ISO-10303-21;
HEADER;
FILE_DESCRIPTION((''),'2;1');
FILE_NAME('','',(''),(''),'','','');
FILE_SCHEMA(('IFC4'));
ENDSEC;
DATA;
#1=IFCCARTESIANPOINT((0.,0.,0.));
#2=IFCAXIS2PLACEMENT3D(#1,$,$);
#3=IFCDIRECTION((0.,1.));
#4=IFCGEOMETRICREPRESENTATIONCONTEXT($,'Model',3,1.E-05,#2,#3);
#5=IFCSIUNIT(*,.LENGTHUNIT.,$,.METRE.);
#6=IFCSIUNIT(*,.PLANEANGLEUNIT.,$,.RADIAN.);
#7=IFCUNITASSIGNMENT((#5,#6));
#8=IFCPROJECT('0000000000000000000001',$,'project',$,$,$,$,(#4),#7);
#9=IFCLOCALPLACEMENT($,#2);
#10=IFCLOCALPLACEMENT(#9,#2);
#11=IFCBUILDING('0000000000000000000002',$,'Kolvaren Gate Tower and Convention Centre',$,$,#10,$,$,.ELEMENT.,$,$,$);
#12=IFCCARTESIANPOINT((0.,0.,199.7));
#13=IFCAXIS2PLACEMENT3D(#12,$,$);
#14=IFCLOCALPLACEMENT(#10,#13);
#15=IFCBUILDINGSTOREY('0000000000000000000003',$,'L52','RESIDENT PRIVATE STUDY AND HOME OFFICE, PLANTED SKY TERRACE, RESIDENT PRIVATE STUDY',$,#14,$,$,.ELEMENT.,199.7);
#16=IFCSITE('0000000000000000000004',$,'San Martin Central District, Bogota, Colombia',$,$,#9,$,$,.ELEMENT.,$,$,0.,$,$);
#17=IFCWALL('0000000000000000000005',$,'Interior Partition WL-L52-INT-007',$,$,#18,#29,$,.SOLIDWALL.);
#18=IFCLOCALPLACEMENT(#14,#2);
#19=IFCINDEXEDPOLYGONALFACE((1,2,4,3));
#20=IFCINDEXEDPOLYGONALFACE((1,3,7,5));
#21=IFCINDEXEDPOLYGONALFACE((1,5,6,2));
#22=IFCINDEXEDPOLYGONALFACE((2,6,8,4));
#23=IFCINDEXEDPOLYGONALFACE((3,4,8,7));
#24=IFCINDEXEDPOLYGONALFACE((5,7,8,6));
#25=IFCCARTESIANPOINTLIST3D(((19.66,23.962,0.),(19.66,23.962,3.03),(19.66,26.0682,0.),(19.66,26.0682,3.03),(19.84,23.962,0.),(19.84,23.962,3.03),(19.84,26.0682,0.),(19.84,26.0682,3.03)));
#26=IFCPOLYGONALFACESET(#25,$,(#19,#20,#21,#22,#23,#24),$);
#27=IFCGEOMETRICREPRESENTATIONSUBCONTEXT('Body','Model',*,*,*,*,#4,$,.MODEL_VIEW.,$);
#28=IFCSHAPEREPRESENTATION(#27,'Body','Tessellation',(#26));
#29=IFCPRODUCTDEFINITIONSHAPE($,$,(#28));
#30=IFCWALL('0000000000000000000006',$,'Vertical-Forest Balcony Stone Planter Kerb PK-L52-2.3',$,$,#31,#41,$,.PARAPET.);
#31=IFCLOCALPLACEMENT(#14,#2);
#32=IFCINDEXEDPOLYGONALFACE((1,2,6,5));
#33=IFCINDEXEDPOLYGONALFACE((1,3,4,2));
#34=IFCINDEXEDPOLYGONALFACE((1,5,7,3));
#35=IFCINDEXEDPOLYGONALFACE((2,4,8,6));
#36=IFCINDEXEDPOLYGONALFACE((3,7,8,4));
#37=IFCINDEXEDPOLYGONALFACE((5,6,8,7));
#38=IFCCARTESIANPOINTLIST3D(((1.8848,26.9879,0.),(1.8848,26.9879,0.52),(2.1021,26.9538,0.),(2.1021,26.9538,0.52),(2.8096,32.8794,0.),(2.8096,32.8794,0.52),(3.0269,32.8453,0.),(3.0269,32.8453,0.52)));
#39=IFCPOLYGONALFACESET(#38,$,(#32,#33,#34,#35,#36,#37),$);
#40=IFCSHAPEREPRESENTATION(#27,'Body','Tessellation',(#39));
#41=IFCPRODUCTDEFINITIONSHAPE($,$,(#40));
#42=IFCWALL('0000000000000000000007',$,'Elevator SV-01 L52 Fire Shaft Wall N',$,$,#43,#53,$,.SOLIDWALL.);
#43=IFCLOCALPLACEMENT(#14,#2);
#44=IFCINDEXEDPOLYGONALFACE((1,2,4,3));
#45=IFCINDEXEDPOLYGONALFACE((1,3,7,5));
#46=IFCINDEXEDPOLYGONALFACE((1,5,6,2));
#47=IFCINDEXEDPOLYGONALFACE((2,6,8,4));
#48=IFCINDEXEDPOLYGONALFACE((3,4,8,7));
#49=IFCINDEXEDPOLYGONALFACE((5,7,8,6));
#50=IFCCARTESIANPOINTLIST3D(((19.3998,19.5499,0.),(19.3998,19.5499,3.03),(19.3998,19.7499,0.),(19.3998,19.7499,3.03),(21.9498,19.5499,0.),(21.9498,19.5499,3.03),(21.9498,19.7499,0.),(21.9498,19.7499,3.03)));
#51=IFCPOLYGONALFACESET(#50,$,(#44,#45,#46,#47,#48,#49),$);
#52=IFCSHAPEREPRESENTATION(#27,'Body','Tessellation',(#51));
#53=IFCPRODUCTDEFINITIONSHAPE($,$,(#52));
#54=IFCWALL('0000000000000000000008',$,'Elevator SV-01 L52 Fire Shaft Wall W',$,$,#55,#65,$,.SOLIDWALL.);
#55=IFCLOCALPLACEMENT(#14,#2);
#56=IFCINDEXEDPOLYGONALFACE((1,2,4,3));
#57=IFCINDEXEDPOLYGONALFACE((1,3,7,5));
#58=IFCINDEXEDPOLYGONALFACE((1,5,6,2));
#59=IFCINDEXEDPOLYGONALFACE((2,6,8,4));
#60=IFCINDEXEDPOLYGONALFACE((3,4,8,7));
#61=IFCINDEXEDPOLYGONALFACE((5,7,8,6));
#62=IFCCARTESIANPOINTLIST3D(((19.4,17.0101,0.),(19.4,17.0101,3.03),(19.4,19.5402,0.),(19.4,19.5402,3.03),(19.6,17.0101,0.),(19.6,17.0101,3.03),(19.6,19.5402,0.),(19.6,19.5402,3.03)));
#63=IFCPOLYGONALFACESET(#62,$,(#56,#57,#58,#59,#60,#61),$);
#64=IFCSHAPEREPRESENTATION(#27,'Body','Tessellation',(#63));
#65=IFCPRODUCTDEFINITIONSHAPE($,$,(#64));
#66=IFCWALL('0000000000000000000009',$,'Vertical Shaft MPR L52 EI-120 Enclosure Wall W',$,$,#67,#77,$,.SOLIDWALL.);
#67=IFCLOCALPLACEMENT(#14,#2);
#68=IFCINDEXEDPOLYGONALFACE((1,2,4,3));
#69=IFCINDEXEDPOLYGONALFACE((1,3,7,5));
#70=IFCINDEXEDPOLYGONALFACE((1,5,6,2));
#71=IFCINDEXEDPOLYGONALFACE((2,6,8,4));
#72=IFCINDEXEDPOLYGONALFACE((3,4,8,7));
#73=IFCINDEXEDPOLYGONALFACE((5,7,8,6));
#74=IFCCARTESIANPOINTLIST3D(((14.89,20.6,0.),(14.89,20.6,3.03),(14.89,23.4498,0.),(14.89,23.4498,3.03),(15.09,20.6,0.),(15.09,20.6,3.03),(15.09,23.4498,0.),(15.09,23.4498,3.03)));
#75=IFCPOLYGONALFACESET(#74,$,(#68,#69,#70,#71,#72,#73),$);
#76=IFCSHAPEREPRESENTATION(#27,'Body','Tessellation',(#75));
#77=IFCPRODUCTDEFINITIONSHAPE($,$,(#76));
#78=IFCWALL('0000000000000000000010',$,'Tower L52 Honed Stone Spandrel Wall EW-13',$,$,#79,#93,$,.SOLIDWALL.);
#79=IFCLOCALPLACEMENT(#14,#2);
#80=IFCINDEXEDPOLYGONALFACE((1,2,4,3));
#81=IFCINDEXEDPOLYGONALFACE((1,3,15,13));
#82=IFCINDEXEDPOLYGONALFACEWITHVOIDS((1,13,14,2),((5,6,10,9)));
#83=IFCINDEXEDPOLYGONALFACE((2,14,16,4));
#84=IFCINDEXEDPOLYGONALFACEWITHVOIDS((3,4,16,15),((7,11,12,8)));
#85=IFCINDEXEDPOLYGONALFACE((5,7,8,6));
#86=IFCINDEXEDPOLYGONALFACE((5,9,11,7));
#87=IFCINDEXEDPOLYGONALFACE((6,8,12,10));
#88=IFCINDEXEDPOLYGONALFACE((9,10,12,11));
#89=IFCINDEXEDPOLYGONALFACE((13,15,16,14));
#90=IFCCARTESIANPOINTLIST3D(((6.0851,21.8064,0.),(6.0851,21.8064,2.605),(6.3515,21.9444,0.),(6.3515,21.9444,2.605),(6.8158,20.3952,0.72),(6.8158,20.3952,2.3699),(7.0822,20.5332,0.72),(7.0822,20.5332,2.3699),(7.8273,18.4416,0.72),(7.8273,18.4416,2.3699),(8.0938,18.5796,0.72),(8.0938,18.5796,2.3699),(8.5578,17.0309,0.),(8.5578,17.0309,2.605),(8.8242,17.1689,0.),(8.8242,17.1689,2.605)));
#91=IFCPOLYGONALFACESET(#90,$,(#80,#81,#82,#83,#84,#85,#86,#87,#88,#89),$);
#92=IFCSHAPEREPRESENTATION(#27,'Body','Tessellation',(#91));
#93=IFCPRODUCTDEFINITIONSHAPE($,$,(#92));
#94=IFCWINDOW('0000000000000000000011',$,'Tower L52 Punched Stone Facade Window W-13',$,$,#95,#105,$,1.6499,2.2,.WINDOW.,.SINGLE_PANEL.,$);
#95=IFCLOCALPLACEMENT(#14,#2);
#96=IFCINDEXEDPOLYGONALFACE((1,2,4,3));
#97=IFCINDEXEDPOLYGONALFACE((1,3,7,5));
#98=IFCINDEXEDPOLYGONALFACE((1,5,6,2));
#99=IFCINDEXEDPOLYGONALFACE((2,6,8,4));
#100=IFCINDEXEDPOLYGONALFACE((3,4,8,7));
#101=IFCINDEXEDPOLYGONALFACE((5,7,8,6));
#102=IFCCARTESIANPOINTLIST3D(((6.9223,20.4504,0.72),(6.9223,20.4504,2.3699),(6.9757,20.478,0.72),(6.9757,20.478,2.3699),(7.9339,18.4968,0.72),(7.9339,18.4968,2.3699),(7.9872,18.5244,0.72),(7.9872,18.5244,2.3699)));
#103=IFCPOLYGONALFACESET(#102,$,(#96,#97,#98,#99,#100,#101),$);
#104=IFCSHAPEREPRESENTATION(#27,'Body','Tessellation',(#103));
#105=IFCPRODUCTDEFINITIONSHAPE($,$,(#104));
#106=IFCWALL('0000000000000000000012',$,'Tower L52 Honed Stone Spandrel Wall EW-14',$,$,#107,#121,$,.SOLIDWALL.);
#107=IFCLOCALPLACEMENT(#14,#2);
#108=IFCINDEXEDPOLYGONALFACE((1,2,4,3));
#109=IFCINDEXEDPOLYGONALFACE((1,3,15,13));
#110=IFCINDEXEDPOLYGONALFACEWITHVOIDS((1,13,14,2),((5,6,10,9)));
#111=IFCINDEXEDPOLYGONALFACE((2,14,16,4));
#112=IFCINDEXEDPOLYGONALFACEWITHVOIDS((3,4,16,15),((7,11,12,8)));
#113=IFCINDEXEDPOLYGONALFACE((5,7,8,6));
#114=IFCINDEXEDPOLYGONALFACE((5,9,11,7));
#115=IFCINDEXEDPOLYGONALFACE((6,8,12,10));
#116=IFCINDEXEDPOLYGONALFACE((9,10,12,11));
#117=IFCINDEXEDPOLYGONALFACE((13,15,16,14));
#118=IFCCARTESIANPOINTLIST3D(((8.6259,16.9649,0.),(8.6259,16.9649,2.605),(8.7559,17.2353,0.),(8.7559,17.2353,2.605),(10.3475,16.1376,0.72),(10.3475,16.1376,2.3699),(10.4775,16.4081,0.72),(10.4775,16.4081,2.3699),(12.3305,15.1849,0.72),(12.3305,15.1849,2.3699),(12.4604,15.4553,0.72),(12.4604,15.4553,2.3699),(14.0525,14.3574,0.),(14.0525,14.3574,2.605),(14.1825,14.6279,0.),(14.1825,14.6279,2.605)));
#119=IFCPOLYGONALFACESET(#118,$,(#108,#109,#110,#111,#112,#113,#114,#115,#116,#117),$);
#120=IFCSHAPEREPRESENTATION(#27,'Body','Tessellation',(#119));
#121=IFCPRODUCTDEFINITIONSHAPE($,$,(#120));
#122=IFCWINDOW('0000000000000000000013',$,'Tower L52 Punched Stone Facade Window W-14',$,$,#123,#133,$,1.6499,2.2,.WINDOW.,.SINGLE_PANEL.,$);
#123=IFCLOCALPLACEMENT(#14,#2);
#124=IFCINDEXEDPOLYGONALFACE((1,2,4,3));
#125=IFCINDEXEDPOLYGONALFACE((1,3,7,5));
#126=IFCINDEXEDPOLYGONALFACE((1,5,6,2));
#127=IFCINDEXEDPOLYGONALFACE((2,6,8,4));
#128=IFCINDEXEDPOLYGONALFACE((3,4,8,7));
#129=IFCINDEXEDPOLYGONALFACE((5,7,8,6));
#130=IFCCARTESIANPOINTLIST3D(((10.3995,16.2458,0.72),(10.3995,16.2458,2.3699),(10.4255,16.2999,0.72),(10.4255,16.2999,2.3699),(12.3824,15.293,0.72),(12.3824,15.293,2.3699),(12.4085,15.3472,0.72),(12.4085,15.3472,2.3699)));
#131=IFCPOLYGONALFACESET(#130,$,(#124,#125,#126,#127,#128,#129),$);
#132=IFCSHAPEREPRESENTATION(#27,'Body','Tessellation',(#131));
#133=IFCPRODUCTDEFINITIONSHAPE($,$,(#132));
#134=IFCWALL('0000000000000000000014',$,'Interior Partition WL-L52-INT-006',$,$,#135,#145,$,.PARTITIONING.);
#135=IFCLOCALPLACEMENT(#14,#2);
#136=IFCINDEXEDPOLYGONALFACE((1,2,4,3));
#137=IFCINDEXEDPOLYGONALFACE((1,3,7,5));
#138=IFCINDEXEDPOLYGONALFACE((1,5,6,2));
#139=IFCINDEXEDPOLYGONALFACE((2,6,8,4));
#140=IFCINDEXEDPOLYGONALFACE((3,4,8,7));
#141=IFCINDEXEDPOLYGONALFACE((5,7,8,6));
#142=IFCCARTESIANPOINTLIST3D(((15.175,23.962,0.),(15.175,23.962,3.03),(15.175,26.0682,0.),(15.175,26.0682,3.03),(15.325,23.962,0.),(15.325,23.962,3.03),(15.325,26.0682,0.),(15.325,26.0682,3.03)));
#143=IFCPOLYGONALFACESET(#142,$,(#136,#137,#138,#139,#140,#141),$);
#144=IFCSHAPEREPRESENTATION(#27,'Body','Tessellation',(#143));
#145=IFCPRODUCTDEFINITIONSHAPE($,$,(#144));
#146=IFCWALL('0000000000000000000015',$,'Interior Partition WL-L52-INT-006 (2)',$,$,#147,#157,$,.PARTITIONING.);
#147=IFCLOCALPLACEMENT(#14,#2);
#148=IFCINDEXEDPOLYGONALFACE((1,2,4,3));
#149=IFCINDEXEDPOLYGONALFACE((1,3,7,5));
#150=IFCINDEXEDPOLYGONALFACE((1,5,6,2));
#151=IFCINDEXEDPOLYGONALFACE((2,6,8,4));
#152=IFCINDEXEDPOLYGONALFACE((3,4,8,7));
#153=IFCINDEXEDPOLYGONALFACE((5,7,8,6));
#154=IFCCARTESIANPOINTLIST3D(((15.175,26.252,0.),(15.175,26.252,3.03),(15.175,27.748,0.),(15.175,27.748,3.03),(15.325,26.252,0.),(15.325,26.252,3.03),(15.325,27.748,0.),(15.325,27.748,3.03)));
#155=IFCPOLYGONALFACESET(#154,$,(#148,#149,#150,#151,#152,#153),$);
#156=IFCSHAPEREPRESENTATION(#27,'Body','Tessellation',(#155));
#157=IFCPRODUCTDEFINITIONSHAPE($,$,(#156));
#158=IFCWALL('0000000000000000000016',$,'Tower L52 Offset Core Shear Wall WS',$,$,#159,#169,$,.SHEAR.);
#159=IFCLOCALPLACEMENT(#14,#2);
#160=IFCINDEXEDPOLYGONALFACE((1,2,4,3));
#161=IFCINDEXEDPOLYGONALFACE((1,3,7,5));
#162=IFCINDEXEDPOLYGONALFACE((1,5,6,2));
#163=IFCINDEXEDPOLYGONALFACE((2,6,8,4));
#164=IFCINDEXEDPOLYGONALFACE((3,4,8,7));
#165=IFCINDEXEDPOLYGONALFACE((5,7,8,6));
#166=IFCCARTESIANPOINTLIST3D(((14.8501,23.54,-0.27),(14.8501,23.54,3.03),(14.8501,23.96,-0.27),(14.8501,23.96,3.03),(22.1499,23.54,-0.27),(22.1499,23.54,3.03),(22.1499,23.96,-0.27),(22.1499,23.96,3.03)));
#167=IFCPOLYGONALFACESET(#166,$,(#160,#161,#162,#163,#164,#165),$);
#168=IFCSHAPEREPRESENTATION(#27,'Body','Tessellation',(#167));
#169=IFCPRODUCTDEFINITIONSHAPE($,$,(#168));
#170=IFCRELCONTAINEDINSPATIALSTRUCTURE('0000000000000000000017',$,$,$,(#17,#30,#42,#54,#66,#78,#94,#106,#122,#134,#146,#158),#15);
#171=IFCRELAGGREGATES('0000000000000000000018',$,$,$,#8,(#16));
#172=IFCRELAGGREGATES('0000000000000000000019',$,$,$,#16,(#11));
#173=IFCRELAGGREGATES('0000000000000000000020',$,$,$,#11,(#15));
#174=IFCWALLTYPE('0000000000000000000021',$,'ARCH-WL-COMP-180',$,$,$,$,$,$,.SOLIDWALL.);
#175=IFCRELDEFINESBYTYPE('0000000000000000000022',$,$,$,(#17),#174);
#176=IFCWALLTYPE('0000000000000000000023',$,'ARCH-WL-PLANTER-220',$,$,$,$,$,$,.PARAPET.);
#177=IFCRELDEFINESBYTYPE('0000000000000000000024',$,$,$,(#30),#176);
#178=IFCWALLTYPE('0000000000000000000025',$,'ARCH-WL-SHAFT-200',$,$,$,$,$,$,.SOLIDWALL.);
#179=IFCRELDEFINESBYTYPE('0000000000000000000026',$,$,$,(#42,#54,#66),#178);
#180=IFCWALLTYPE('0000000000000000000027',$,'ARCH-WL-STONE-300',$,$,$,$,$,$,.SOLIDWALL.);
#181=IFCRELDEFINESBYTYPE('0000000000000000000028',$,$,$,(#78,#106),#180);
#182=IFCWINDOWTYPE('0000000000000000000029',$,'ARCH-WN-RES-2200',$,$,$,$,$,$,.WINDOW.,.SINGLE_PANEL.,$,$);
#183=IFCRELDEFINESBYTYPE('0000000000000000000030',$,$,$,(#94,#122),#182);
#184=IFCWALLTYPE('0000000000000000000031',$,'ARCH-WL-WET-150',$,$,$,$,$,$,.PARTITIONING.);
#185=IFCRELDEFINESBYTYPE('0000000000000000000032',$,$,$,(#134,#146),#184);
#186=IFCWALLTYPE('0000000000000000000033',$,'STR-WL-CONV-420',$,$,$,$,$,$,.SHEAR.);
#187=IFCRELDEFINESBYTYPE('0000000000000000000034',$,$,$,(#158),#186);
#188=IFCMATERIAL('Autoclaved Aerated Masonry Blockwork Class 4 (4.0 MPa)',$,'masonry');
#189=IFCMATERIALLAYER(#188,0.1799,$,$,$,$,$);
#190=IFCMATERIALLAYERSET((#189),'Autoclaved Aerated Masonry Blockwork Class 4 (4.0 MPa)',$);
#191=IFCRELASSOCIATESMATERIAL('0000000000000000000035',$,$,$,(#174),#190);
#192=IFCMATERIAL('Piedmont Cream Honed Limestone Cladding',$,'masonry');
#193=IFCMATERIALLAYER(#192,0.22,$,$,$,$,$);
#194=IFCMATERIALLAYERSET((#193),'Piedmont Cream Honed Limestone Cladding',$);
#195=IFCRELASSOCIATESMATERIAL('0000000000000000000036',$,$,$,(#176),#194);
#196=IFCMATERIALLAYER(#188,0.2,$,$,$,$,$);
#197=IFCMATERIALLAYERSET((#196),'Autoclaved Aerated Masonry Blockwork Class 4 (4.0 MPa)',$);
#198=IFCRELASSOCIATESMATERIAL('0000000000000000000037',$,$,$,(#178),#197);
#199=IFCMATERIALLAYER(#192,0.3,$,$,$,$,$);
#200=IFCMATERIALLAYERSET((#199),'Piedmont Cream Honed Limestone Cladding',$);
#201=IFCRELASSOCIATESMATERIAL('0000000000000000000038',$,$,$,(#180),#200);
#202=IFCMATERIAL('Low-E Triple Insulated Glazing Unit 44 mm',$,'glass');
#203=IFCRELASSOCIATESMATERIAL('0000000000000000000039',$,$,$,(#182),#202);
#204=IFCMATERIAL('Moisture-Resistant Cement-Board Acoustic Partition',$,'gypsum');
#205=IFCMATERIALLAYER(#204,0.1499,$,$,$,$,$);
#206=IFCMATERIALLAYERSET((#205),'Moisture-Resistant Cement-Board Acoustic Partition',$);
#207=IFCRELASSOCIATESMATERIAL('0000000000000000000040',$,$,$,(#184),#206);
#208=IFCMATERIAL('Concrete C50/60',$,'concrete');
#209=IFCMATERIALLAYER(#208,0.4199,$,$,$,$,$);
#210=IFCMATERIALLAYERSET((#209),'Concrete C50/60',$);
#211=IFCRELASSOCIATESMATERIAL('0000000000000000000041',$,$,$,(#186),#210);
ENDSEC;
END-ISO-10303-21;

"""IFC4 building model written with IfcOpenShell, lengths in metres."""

from ifc_helpers import new_model, si_unit, direction, frame, frame_2d, origin, place, context, subcontext, project, spatial, rectangle, extrude, material, layer, layer_set, type_object, element, fill, save


model = new_model("IFC4")

# Units and contexts
model_context = context("Model", 3, precision=1e-05, world=origin(), true_north=direction((0.0, 1.0)))
body_context = subcontext(model_context, "Body", "Model", "MODEL_VIEW")
ifc_project = project(units=[si_unit("LENGTHUNIT", "METRE"), si_unit("PLANEANGLEUNIT", "RADIAN")], contexts=[model_context])

# Site, building, storey
site_placement = place(None, origin())
site = spatial("IfcSite", under=ifc_project, at=site_placement, Name="San Martin Central District, Bogota, Colombia", CompositionType="ELEMENT", RefElevation=0.0)
building_placement = place(site_placement, origin())
building = spatial("IfcBuilding", under=site, at=building_placement, Name="Kolvaren Gate Tower and Convention Centre", CompositionType="ELEMENT")
storey_placement = place(building_placement, frame((0.0, 0.0, 199.7)))
storey = spatial("IfcBuildingStorey", under=building, at=storey_placement, Name="L52", Description="RESIDENT PRIVATE STUDY AND HOME OFFICE, PLANTED SKY TERRACE, RESIDENT PRIVATE STUDY", CompositionType="ELEMENT", Elevation=199.7)

# Shared definitions
ifc_material_1 = material(Name="Autoclaved Aerated Masonry Blockwork Class 4 (4.0 MPa)", Category="masonry")
ifc_layer_1 = layer(ifc_material_1, 0.1799)
ifc_layer_set_1 = layer_set([ifc_layer_1], Name="Autoclaved Aerated Masonry Blockwork Class 4 (4.0 MPa)")
wall_type_1 = type_object("IfcWallType", Name="ARCH-WL-COMP-180", PredefinedType="SOLIDWALL", material=ifc_layer_set_1)

# Walls
wall_1_placement = place(storey_placement, frame((19.75, 23.9619, 0.0), z_axis=(0.0, 0.0, 1.0), x_axis=(0.0, 1.0, 0.0)))
element("IfcWall", 1, at=wall_1_placement, inside=storey, type_object=wall_type_1, Name="Interior Partition WL-L52-INT-007", PredefinedType="SOLIDWALL", context=body_context, shape_type="SweptSolid", body=[
    extrude(rectangle(XDim=2.1062, YDim=0.1799, at=frame_2d((1.0532, 0.0))), origin(), (0.0, 0.0, 1.0), 3.03),
])
ifc_material_2 = material(Name="Piedmont Cream Honed Limestone Cladding", Category="masonry")
ifc_layer_2 = layer(ifc_material_2, 0.22)
ifc_layer_set_2 = layer_set([ifc_layer_2], Name="Piedmont Cream Honed Limestone Cladding")
wall_type_2 = type_object("IfcWallType", Name="ARCH-WL-PLANTER-220", PredefinedType="PARAPET", material=ifc_layer_set_2)
wall_2_placement = place(storey_placement, frame((1.9934, 26.9707, 0.0), z_axis=(0.0, 0.0, 1.0), x_axis=(0.155071, 0.987903, 0.0)))
element("IfcWall", 2, at=wall_2_placement, inside=storey, type_object=wall_type_2, Name="Vertical-Forest Balcony Stone Planter Kerb PK-L52-2.3", PredefinedType="PARAPET", context=body_context, shape_type="SweptSolid", body=[
    extrude(rectangle(XDim=5.9636, YDim=0.22, at=frame_2d((2.9819, 0.0))), origin(), (0.0, 0.0, 1.0), 0.52),
])
ifc_layer_3 = layer(ifc_material_1, 0.2)
ifc_layer_set_3 = layer_set([ifc_layer_3], Name="Autoclaved Aerated Masonry Blockwork Class 4 (4.0 MPa)")
wall_type_3 = type_object("IfcWallType", Name="ARCH-WL-SHAFT-200", PredefinedType="SOLIDWALL", material=ifc_layer_set_3)
wall_3_placement = place(storey_placement, frame((19.3999, 19.6499, 0.0), z_axis=(0.0, 0.0, 1.0), x_axis=(1.0, 0.0, 0.0)))
element("IfcWall", 3, at=wall_3_placement, inside=storey, type_object=wall_type_3, Name="Elevator SV-01 L52 Fire Shaft Wall N", PredefinedType="SOLIDWALL", context=body_context, shape_type="SweptSolid", body=[
    extrude(rectangle(XDim=2.55, YDim=0.2, at=frame_2d((1.2749, 0.0))), origin(), (0.0, 0.0, 1.0), 3.03),
])
wall_4_placement = place(storey_placement, frame((19.5, 17.01, 0.0), z_axis=(0.0, 0.0, 1.0), x_axis=(0.0, 1.0, 0.0)))
element("IfcWall", 4, at=wall_4_placement, inside=storey, type_object=wall_type_3, Name="Elevator SV-01 L52 Fire Shaft Wall W", PredefinedType="SOLIDWALL", context=body_context, shape_type="SweptSolid", body=[
    extrude(rectangle(XDim=2.53, YDim=0.2, at=frame_2d((1.2651, 0.0))), origin(), (0.0, 0.0, 1.0), 3.03),
])
wall_5_placement = place(storey_placement, frame((14.99, 20.6001, 0.0), z_axis=(0.0, 0.0, 1.0), x_axis=(0.0, 1.0, 0.0)))
element("IfcWall", 5, at=wall_5_placement, inside=storey, type_object=wall_type_3, Name="Vertical Shaft MPR L52 EI-120 Enclosure Wall W", PredefinedType="SOLIDWALL", context=body_context, shape_type="SweptSolid", body=[
    extrude(rectangle(XDim=2.8499, YDim=0.2, at=frame_2d((1.4248, 0.0))), origin(), (0.0, 0.0, 1.0), 3.03),
])

# Walls, openings, windows
ifc_layer_4 = layer(ifc_material_2, 0.3)
ifc_layer_set_4 = layer_set([ifc_layer_4], Name="Piedmont Cream Honed Limestone Cladding")
wall_type_4 = type_object("IfcWallType", Name="ARCH-WL-STONE-300", PredefinedType="SOLIDWALL", material=ifc_layer_set_4)
wall_6_placement = place(storey_placement, frame((6.2183, 21.8755, 0.0), z_axis=(0.0, 0.0, 1.0), x_axis=(0.459808, -0.888018, 0.0)))
wall_6 = element("IfcWall", 6, at=wall_6_placement, inside=storey, type_object=wall_type_4, Name="Tower L52 Honed Stone Spandrel Wall EW-13", PredefinedType="SOLIDWALL", context=body_context, shape_type="SweptSolid", body=[
    extrude(rectangle(XDim=5.3777, YDim=0.3, at=frame_2d((2.689, 0.0))), origin(), (0.0, 0.0, 1.0), 2.605),
])
opening_1_placement = place(wall_6_placement, frame((1.5891, 0.0, 0.72)))
opening_1 = element("IfcOpeningElement", 7, at=opening_1_placement, cuts=wall_6, PredefinedType="OPENING", context=body_context, shape_type="SweptSolid", body=[
    extrude(rectangle(XDim=2.2, YDim=1.6499, at=frame_2d((1.1001, 0.825))), frame((0.0, 0.1599, 0.0), z_axis=(0.0, -1.0, 0.0), x_axis=(1.0, 0.0, 0.0)), (0.0, 0.0, 1.0), 0.3201),
])
ifc_material_3 = material(Name="Low-E Triple Insulated Glazing Unit 44 mm", Category="glass")
window_type = type_object("IfcWindowType", Name="ARCH-WN-RES-2200", PartitioningType="SINGLE_PANEL", PredefinedType="WINDOW", material=ifc_material_3)
window_1_placement = place(opening_1_placement, origin())
window_1 = element("IfcWindow", 8, at=window_1_placement, inside=storey, type_object=window_type, Name="Tower L52 Punched Stone Facade Window W-13", OverallHeight=1.6499, OverallWidth=2.2, PartitioningType="SINGLE_PANEL", PredefinedType="WINDOW", context=body_context, shape_type="SweptSolid", body=[
    extrude(rectangle(XDim=2.2, YDim=1.6499, at=frame_2d((1.1001, 0.825))), frame((0.0, 0.03, 0.0), z_axis=(0.0, -1.0, 0.0), x_axis=(1.0, 0.0, 0.0)), (0.0, 0.0, 1.0), 0.0601),
])
fill(opening_1, window_1)
wall_7_placement = place(storey_placement, frame((8.6909, 17.1001, 0.0), z_axis=(0.0, 0.0, 1.0), x_axis=(0.901348, -0.433095, 0.0)))
wall_7 = element("IfcWall", 9, at=wall_7_placement, inside=storey, type_object=wall_type_4, Name="Tower L52 Honed Stone Spandrel Wall EW-14", PredefinedType="SOLIDWALL", context=body_context, shape_type="SweptSolid", body=[
    extrude(rectangle(XDim=6.0205, YDim=0.3, at=frame_2d((3.0103, 0.0))), origin(), (0.0, 0.0, 1.0), 2.605),
])
opening_2_placement = place(wall_7_placement, frame((1.9099, 0.0, 0.72)))
opening_2 = element("IfcOpeningElement", 10, at=opening_2_placement, cuts=wall_7, PredefinedType="OPENING", context=body_context, shape_type="SweptSolid", body=[
    extrude(rectangle(XDim=2.2, YDim=1.6499, at=frame_2d((1.1001, 0.825))), frame((0.0, 0.1599, 0.0), z_axis=(0.0, -1.0, 0.0), x_axis=(1.0, 0.0, 0.0)), (0.0, 0.0, 1.0), 0.3201),
])
window_2_placement = place(opening_2_placement, origin())
window_2 = element("IfcWindow", 11, at=window_2_placement, inside=storey, type_object=window_type, Name="Tower L52 Punched Stone Facade Window W-14", OverallHeight=1.6499, OverallWidth=2.2, PartitioningType="SINGLE_PANEL", PredefinedType="WINDOW", context=body_context, shape_type="SweptSolid", body=[
    extrude(rectangle(XDim=2.2, YDim=1.6499, at=frame_2d((1.1001, 0.825))), frame((0.0, 0.03, 0.0), z_axis=(0.0, -1.0, 0.0), x_axis=(1.0, 0.0, 0.0)), (0.0, 0.0, 1.0), 0.0601),
])
fill(opening_2, window_2)

# Walls
ifc_material_4 = material(Name="Moisture-Resistant Cement-Board Acoustic Partition", Category="gypsum")
ifc_layer_5 = layer(ifc_material_4, 0.1499)
ifc_layer_set_5 = layer_set([ifc_layer_5], Name="Moisture-Resistant Cement-Board Acoustic Partition")
wall_type_5 = type_object("IfcWallType", Name="ARCH-WL-WET-150", PredefinedType="PARTITIONING", material=ifc_layer_set_5)
wall_8_placement = place(storey_placement, frame((15.25, 23.9619, 0.0), z_axis=(0.0, 0.0, 1.0), x_axis=(0.0, 1.0, 0.0)))
element("IfcWall", 12, at=wall_8_placement, inside=storey, type_object=wall_type_5, Name="Interior Partition WL-L52-INT-006", PredefinedType="PARTITIONING", context=body_context, shape_type="SweptSolid", body=[
    extrude(rectangle(XDim=2.1062, YDim=0.1499, at=frame_2d((1.0532, 0.0))), origin(), (0.0, 0.0, 1.0), 3.03),
])
wall_9_placement = place(storey_placement, frame((15.25, 26.252, 0.0), z_axis=(0.0, 0.0, 1.0), x_axis=(0.0, 1.0, 0.0)))
element("IfcWall", 13, at=wall_9_placement, inside=storey, type_object=wall_type_5, Name="Interior Partition WL-L52-INT-006 (2)", PredefinedType="PARTITIONING", context=body_context, shape_type="SweptSolid", body=[
    extrude(rectangle(XDim=1.4961, YDim=0.1499, at=frame_2d((0.748, 0.0))), origin(), (0.0, 0.0, 1.0), 3.03),
])
ifc_material_5 = material(Name="Concrete C50/60", Category="concrete")
ifc_layer_6 = layer(ifc_material_5, 0.4199)
ifc_layer_set_6 = layer_set([ifc_layer_6], Name="Concrete C50/60")
wall_type_6 = type_object("IfcWallType", Name="STR-WL-CONV-420", PredefinedType="SHEAR", material=ifc_layer_set_6)
wall_10_placement = place(storey_placement, frame((14.8501, 23.75, -0.27), z_axis=(0.0, 0.0, 1.0), x_axis=(1.0, 0.0, 0.0)))
element("IfcWall", 14, at=wall_10_placement, inside=storey, type_object=wall_type_6, Name="Tower L52 Offset Core Shear Wall WS", PredefinedType="SHEAR", context=body_context, shape_type="SweptSolid", body=[
    extrude(rectangle(XDim=7.2998, YDim=0.4199, at=frame_2d((3.6499, 0.0))), origin(), (0.0, 0.0, 1.0), 3.3),
])

save(model, "model.ifc")
